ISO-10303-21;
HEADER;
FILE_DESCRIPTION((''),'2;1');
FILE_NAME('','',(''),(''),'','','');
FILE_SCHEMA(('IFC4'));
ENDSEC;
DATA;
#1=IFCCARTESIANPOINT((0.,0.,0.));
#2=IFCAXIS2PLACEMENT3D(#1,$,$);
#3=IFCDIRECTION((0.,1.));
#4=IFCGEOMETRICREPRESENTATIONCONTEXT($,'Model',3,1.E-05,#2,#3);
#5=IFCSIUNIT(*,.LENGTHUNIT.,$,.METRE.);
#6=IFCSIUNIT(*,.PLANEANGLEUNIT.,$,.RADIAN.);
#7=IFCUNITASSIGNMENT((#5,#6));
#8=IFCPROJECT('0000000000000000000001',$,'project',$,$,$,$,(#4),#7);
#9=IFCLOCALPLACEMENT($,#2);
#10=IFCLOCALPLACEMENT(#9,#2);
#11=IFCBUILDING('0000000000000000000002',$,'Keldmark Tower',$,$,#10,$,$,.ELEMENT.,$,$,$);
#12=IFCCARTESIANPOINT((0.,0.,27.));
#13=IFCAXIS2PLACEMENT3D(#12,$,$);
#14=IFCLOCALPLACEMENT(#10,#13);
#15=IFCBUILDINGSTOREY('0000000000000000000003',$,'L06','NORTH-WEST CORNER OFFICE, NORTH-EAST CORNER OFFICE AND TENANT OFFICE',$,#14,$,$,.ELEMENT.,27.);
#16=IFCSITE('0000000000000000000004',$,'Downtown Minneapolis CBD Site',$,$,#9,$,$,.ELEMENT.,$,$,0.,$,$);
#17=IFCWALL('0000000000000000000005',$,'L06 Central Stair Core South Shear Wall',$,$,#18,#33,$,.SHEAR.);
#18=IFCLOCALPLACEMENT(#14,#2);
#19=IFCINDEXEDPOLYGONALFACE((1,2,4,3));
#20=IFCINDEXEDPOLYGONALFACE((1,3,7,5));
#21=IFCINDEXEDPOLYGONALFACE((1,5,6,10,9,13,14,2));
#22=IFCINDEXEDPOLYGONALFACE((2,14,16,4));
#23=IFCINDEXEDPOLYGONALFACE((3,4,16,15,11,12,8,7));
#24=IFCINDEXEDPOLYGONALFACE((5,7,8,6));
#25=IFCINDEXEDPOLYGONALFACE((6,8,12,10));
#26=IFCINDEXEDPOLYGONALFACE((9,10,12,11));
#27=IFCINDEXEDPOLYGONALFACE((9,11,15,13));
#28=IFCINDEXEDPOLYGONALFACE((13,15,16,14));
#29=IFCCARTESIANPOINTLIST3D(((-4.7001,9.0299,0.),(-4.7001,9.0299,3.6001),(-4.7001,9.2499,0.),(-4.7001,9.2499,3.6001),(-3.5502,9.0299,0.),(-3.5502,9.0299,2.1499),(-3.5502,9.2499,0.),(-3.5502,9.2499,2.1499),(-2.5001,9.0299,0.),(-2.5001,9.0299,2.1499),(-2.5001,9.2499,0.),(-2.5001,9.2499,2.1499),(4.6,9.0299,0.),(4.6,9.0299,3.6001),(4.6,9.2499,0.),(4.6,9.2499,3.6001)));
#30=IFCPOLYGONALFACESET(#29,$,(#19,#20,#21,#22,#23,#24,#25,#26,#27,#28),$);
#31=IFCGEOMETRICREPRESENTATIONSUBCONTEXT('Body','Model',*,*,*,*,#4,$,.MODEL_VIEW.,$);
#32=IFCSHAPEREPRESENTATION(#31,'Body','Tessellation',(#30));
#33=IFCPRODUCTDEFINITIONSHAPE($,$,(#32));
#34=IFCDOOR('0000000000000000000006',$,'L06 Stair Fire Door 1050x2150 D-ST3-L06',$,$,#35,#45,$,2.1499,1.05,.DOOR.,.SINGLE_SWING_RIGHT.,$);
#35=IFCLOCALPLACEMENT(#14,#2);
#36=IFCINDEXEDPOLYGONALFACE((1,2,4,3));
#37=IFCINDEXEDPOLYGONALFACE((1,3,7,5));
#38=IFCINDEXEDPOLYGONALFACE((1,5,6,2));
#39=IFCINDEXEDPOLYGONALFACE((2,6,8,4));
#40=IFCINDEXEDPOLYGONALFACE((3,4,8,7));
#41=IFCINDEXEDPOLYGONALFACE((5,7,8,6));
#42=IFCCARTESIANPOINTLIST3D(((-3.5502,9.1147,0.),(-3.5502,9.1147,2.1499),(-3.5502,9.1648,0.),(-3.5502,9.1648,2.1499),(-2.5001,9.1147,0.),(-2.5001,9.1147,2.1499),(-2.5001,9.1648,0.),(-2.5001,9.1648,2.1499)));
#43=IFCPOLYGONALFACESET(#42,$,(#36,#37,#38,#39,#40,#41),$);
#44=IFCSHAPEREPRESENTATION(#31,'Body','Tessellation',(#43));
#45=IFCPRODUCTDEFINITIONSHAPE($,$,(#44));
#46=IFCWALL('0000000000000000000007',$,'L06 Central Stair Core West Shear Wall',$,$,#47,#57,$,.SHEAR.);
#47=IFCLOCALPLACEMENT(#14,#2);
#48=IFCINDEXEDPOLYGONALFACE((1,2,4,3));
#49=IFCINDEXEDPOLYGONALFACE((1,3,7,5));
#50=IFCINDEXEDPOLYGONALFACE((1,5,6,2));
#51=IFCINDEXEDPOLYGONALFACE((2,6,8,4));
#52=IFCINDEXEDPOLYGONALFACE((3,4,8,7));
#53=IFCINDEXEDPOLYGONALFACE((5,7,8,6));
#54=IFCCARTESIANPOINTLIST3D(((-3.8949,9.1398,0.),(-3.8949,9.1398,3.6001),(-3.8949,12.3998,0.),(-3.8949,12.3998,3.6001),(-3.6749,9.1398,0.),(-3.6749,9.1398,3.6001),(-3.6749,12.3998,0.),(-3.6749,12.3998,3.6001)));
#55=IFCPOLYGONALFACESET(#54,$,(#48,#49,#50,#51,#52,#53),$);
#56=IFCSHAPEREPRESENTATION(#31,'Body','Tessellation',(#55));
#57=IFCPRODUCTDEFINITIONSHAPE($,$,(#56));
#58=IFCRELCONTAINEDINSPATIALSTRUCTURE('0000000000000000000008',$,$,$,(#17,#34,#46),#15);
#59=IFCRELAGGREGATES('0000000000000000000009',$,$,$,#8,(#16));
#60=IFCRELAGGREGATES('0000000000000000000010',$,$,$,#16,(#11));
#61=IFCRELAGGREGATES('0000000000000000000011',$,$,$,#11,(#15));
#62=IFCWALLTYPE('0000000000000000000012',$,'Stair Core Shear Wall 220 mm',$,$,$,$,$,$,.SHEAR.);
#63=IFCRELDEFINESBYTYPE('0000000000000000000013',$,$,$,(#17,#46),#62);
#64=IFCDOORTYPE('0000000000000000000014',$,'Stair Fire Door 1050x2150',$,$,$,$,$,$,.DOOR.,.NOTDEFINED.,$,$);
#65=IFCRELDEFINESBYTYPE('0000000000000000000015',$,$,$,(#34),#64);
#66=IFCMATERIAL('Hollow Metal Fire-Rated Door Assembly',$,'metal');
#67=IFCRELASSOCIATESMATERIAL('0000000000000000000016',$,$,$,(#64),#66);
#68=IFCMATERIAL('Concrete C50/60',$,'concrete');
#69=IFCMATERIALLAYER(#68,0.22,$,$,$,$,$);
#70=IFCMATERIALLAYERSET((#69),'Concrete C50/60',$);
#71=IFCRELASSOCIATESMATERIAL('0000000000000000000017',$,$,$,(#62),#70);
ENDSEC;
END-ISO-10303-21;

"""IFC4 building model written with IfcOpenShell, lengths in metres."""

from ifc_helpers import new_model, si_unit, direction, frame, frame_2d, origin, place, context, subcontext, project, spatial, rectangle, extrude, material, layer, layer_set, type_object, element, fill, save


model = new_model("IFC4")

# Units and contexts
model_context = context("Model", 3, precision=1e-05, world=origin(), true_north=direction((0.0, 1.0)))
body_context = subcontext(model_context, "Body", "Model", "MODEL_VIEW")
ifc_project = project(units=[si_unit("LENGTHUNIT", "METRE"), si_unit("PLANEANGLEUNIT", "RADIAN")], contexts=[model_context])

# Site, building, storey
site_placement = place(None, origin())
site = spatial("IfcSite", under=ifc_project, at=site_placement, Name="Downtown Minneapolis CBD Site", CompositionType="ELEMENT", RefElevation=0.0)
building_placement = place(site_placement, origin())
building = spatial("IfcBuilding", under=site, at=building_placement, Name="Keldmark Tower", CompositionType="ELEMENT")
storey_placement = place(building_placement, frame((0.0, 0.0, 27.0)))
storey = spatial("IfcBuildingStorey", under=building, at=storey_placement, Name="L06", Description="NORTH-WEST CORNER OFFICE, NORTH-EAST CORNER OFFICE AND TENANT OFFICE", CompositionType="ELEMENT", Elevation=27.0)

# Shared definitions
ifc_material_1 = material(Name="Hollow Metal Fire-Rated Door Assembly", Category="metal")
door_type_1 = type_object("IfcDoorType", Name="Stair Fire Door 1050x2150", OperationType="NOTDEFINED", PredefinedType="DOOR", material=ifc_material_1)

# Wall, opening, door
ifc_material_2 = material(Name="Concrete C50/60", Category="concrete")
ifc_layer_1 = layer(ifc_material_2, 0.22)
ifc_layer_set_1 = layer_set([ifc_layer_1], Name="Concrete C50/60")
wall_type_1 = type_object("IfcWallType", Name="Stair Core Shear Wall 220 mm", PredefinedType="SHEAR", material=ifc_layer_set_1)
wall_1_placement = place(storey_placement, frame((-4.7, 9.1399, 0.0), z_axis=(0.0, 0.0, 1.0), x_axis=(1.0, 0.0, 0.0)))
wall_1 = element("IfcWall", 1, at=wall_1_placement, inside=storey, type_object=wall_type_1, Name="L06 Central Stair Core South Shear Wall", PredefinedType="SHEAR", context=body_context, shape_type="SweptSolid", body=[
    extrude(rectangle(XDim=9.3, YDim=0.22, at=frame_2d((4.6499, 0.0))), origin(), (0.0, 0.0, 1.0), 3.6001),
])
opening_1_placement = place(wall_1_placement, frame((1.1499, 0.0, 0.0)))
opening_1 = element("IfcOpeningElement", 2, at=opening_1_placement, cuts=wall_1, PredefinedType="OPENING", context=body_context, shape_type="SweptSolid", body=[
    extrude(rectangle(XDim=1.05, YDim=2.1499, at=frame_2d((0.5249, 1.075))), frame((0.0, 0.1199, 0.0), z_axis=(0.0, -1.0, 0.0), x_axis=(1.0, 0.0, 0.0)), (0.0, 0.0, 1.0), 0.24),
])
door_1_placement = place(opening_1_placement, origin())
door_1 = element("IfcDoor", 3, at=door_1_placement, inside=storey, type_object=door_type_1, Name="L06 Stair Fire Door 1050x2150 D-ST3-L06", OperationType="SINGLE_SWING_RIGHT", OverallHeight=2.1499, OverallWidth=1.05, PredefinedType="DOOR", context=body_context, shape_type="SweptSolid", body=[
    extrude(rectangle(XDim=1.05, YDim=2.1499, at=frame_2d((0.5249, 1.075))), frame((0.0, 0.0249, 0.0), z_axis=(0.0, -1.0, 0.0), x_axis=(1.0, 0.0, 0.0)), (0.0, 0.0, 1.0), 0.05),
])
fill(opening_1, door_1)

# Wall
wall_2_placement = place(storey_placement, frame((-3.7849, 9.1399, 0.0), z_axis=(0.0, 0.0, 1.0), x_axis=(0.0, 1.0, 0.0)))
element("IfcWall", 4, at=wall_2_placement, inside=storey, type_object=wall_type_1, Name="L06 Central Stair Core West Shear Wall", PredefinedType="SHEAR", context=body_context, shape_type="SweptSolid", body=[
    extrude(rectangle(XDim=3.26, YDim=0.22, at=frame_2d((1.6299, 0.0))), origin(), (0.0, 0.0, 1.0), 3.6001),
])

save(model, "model.ifc")
